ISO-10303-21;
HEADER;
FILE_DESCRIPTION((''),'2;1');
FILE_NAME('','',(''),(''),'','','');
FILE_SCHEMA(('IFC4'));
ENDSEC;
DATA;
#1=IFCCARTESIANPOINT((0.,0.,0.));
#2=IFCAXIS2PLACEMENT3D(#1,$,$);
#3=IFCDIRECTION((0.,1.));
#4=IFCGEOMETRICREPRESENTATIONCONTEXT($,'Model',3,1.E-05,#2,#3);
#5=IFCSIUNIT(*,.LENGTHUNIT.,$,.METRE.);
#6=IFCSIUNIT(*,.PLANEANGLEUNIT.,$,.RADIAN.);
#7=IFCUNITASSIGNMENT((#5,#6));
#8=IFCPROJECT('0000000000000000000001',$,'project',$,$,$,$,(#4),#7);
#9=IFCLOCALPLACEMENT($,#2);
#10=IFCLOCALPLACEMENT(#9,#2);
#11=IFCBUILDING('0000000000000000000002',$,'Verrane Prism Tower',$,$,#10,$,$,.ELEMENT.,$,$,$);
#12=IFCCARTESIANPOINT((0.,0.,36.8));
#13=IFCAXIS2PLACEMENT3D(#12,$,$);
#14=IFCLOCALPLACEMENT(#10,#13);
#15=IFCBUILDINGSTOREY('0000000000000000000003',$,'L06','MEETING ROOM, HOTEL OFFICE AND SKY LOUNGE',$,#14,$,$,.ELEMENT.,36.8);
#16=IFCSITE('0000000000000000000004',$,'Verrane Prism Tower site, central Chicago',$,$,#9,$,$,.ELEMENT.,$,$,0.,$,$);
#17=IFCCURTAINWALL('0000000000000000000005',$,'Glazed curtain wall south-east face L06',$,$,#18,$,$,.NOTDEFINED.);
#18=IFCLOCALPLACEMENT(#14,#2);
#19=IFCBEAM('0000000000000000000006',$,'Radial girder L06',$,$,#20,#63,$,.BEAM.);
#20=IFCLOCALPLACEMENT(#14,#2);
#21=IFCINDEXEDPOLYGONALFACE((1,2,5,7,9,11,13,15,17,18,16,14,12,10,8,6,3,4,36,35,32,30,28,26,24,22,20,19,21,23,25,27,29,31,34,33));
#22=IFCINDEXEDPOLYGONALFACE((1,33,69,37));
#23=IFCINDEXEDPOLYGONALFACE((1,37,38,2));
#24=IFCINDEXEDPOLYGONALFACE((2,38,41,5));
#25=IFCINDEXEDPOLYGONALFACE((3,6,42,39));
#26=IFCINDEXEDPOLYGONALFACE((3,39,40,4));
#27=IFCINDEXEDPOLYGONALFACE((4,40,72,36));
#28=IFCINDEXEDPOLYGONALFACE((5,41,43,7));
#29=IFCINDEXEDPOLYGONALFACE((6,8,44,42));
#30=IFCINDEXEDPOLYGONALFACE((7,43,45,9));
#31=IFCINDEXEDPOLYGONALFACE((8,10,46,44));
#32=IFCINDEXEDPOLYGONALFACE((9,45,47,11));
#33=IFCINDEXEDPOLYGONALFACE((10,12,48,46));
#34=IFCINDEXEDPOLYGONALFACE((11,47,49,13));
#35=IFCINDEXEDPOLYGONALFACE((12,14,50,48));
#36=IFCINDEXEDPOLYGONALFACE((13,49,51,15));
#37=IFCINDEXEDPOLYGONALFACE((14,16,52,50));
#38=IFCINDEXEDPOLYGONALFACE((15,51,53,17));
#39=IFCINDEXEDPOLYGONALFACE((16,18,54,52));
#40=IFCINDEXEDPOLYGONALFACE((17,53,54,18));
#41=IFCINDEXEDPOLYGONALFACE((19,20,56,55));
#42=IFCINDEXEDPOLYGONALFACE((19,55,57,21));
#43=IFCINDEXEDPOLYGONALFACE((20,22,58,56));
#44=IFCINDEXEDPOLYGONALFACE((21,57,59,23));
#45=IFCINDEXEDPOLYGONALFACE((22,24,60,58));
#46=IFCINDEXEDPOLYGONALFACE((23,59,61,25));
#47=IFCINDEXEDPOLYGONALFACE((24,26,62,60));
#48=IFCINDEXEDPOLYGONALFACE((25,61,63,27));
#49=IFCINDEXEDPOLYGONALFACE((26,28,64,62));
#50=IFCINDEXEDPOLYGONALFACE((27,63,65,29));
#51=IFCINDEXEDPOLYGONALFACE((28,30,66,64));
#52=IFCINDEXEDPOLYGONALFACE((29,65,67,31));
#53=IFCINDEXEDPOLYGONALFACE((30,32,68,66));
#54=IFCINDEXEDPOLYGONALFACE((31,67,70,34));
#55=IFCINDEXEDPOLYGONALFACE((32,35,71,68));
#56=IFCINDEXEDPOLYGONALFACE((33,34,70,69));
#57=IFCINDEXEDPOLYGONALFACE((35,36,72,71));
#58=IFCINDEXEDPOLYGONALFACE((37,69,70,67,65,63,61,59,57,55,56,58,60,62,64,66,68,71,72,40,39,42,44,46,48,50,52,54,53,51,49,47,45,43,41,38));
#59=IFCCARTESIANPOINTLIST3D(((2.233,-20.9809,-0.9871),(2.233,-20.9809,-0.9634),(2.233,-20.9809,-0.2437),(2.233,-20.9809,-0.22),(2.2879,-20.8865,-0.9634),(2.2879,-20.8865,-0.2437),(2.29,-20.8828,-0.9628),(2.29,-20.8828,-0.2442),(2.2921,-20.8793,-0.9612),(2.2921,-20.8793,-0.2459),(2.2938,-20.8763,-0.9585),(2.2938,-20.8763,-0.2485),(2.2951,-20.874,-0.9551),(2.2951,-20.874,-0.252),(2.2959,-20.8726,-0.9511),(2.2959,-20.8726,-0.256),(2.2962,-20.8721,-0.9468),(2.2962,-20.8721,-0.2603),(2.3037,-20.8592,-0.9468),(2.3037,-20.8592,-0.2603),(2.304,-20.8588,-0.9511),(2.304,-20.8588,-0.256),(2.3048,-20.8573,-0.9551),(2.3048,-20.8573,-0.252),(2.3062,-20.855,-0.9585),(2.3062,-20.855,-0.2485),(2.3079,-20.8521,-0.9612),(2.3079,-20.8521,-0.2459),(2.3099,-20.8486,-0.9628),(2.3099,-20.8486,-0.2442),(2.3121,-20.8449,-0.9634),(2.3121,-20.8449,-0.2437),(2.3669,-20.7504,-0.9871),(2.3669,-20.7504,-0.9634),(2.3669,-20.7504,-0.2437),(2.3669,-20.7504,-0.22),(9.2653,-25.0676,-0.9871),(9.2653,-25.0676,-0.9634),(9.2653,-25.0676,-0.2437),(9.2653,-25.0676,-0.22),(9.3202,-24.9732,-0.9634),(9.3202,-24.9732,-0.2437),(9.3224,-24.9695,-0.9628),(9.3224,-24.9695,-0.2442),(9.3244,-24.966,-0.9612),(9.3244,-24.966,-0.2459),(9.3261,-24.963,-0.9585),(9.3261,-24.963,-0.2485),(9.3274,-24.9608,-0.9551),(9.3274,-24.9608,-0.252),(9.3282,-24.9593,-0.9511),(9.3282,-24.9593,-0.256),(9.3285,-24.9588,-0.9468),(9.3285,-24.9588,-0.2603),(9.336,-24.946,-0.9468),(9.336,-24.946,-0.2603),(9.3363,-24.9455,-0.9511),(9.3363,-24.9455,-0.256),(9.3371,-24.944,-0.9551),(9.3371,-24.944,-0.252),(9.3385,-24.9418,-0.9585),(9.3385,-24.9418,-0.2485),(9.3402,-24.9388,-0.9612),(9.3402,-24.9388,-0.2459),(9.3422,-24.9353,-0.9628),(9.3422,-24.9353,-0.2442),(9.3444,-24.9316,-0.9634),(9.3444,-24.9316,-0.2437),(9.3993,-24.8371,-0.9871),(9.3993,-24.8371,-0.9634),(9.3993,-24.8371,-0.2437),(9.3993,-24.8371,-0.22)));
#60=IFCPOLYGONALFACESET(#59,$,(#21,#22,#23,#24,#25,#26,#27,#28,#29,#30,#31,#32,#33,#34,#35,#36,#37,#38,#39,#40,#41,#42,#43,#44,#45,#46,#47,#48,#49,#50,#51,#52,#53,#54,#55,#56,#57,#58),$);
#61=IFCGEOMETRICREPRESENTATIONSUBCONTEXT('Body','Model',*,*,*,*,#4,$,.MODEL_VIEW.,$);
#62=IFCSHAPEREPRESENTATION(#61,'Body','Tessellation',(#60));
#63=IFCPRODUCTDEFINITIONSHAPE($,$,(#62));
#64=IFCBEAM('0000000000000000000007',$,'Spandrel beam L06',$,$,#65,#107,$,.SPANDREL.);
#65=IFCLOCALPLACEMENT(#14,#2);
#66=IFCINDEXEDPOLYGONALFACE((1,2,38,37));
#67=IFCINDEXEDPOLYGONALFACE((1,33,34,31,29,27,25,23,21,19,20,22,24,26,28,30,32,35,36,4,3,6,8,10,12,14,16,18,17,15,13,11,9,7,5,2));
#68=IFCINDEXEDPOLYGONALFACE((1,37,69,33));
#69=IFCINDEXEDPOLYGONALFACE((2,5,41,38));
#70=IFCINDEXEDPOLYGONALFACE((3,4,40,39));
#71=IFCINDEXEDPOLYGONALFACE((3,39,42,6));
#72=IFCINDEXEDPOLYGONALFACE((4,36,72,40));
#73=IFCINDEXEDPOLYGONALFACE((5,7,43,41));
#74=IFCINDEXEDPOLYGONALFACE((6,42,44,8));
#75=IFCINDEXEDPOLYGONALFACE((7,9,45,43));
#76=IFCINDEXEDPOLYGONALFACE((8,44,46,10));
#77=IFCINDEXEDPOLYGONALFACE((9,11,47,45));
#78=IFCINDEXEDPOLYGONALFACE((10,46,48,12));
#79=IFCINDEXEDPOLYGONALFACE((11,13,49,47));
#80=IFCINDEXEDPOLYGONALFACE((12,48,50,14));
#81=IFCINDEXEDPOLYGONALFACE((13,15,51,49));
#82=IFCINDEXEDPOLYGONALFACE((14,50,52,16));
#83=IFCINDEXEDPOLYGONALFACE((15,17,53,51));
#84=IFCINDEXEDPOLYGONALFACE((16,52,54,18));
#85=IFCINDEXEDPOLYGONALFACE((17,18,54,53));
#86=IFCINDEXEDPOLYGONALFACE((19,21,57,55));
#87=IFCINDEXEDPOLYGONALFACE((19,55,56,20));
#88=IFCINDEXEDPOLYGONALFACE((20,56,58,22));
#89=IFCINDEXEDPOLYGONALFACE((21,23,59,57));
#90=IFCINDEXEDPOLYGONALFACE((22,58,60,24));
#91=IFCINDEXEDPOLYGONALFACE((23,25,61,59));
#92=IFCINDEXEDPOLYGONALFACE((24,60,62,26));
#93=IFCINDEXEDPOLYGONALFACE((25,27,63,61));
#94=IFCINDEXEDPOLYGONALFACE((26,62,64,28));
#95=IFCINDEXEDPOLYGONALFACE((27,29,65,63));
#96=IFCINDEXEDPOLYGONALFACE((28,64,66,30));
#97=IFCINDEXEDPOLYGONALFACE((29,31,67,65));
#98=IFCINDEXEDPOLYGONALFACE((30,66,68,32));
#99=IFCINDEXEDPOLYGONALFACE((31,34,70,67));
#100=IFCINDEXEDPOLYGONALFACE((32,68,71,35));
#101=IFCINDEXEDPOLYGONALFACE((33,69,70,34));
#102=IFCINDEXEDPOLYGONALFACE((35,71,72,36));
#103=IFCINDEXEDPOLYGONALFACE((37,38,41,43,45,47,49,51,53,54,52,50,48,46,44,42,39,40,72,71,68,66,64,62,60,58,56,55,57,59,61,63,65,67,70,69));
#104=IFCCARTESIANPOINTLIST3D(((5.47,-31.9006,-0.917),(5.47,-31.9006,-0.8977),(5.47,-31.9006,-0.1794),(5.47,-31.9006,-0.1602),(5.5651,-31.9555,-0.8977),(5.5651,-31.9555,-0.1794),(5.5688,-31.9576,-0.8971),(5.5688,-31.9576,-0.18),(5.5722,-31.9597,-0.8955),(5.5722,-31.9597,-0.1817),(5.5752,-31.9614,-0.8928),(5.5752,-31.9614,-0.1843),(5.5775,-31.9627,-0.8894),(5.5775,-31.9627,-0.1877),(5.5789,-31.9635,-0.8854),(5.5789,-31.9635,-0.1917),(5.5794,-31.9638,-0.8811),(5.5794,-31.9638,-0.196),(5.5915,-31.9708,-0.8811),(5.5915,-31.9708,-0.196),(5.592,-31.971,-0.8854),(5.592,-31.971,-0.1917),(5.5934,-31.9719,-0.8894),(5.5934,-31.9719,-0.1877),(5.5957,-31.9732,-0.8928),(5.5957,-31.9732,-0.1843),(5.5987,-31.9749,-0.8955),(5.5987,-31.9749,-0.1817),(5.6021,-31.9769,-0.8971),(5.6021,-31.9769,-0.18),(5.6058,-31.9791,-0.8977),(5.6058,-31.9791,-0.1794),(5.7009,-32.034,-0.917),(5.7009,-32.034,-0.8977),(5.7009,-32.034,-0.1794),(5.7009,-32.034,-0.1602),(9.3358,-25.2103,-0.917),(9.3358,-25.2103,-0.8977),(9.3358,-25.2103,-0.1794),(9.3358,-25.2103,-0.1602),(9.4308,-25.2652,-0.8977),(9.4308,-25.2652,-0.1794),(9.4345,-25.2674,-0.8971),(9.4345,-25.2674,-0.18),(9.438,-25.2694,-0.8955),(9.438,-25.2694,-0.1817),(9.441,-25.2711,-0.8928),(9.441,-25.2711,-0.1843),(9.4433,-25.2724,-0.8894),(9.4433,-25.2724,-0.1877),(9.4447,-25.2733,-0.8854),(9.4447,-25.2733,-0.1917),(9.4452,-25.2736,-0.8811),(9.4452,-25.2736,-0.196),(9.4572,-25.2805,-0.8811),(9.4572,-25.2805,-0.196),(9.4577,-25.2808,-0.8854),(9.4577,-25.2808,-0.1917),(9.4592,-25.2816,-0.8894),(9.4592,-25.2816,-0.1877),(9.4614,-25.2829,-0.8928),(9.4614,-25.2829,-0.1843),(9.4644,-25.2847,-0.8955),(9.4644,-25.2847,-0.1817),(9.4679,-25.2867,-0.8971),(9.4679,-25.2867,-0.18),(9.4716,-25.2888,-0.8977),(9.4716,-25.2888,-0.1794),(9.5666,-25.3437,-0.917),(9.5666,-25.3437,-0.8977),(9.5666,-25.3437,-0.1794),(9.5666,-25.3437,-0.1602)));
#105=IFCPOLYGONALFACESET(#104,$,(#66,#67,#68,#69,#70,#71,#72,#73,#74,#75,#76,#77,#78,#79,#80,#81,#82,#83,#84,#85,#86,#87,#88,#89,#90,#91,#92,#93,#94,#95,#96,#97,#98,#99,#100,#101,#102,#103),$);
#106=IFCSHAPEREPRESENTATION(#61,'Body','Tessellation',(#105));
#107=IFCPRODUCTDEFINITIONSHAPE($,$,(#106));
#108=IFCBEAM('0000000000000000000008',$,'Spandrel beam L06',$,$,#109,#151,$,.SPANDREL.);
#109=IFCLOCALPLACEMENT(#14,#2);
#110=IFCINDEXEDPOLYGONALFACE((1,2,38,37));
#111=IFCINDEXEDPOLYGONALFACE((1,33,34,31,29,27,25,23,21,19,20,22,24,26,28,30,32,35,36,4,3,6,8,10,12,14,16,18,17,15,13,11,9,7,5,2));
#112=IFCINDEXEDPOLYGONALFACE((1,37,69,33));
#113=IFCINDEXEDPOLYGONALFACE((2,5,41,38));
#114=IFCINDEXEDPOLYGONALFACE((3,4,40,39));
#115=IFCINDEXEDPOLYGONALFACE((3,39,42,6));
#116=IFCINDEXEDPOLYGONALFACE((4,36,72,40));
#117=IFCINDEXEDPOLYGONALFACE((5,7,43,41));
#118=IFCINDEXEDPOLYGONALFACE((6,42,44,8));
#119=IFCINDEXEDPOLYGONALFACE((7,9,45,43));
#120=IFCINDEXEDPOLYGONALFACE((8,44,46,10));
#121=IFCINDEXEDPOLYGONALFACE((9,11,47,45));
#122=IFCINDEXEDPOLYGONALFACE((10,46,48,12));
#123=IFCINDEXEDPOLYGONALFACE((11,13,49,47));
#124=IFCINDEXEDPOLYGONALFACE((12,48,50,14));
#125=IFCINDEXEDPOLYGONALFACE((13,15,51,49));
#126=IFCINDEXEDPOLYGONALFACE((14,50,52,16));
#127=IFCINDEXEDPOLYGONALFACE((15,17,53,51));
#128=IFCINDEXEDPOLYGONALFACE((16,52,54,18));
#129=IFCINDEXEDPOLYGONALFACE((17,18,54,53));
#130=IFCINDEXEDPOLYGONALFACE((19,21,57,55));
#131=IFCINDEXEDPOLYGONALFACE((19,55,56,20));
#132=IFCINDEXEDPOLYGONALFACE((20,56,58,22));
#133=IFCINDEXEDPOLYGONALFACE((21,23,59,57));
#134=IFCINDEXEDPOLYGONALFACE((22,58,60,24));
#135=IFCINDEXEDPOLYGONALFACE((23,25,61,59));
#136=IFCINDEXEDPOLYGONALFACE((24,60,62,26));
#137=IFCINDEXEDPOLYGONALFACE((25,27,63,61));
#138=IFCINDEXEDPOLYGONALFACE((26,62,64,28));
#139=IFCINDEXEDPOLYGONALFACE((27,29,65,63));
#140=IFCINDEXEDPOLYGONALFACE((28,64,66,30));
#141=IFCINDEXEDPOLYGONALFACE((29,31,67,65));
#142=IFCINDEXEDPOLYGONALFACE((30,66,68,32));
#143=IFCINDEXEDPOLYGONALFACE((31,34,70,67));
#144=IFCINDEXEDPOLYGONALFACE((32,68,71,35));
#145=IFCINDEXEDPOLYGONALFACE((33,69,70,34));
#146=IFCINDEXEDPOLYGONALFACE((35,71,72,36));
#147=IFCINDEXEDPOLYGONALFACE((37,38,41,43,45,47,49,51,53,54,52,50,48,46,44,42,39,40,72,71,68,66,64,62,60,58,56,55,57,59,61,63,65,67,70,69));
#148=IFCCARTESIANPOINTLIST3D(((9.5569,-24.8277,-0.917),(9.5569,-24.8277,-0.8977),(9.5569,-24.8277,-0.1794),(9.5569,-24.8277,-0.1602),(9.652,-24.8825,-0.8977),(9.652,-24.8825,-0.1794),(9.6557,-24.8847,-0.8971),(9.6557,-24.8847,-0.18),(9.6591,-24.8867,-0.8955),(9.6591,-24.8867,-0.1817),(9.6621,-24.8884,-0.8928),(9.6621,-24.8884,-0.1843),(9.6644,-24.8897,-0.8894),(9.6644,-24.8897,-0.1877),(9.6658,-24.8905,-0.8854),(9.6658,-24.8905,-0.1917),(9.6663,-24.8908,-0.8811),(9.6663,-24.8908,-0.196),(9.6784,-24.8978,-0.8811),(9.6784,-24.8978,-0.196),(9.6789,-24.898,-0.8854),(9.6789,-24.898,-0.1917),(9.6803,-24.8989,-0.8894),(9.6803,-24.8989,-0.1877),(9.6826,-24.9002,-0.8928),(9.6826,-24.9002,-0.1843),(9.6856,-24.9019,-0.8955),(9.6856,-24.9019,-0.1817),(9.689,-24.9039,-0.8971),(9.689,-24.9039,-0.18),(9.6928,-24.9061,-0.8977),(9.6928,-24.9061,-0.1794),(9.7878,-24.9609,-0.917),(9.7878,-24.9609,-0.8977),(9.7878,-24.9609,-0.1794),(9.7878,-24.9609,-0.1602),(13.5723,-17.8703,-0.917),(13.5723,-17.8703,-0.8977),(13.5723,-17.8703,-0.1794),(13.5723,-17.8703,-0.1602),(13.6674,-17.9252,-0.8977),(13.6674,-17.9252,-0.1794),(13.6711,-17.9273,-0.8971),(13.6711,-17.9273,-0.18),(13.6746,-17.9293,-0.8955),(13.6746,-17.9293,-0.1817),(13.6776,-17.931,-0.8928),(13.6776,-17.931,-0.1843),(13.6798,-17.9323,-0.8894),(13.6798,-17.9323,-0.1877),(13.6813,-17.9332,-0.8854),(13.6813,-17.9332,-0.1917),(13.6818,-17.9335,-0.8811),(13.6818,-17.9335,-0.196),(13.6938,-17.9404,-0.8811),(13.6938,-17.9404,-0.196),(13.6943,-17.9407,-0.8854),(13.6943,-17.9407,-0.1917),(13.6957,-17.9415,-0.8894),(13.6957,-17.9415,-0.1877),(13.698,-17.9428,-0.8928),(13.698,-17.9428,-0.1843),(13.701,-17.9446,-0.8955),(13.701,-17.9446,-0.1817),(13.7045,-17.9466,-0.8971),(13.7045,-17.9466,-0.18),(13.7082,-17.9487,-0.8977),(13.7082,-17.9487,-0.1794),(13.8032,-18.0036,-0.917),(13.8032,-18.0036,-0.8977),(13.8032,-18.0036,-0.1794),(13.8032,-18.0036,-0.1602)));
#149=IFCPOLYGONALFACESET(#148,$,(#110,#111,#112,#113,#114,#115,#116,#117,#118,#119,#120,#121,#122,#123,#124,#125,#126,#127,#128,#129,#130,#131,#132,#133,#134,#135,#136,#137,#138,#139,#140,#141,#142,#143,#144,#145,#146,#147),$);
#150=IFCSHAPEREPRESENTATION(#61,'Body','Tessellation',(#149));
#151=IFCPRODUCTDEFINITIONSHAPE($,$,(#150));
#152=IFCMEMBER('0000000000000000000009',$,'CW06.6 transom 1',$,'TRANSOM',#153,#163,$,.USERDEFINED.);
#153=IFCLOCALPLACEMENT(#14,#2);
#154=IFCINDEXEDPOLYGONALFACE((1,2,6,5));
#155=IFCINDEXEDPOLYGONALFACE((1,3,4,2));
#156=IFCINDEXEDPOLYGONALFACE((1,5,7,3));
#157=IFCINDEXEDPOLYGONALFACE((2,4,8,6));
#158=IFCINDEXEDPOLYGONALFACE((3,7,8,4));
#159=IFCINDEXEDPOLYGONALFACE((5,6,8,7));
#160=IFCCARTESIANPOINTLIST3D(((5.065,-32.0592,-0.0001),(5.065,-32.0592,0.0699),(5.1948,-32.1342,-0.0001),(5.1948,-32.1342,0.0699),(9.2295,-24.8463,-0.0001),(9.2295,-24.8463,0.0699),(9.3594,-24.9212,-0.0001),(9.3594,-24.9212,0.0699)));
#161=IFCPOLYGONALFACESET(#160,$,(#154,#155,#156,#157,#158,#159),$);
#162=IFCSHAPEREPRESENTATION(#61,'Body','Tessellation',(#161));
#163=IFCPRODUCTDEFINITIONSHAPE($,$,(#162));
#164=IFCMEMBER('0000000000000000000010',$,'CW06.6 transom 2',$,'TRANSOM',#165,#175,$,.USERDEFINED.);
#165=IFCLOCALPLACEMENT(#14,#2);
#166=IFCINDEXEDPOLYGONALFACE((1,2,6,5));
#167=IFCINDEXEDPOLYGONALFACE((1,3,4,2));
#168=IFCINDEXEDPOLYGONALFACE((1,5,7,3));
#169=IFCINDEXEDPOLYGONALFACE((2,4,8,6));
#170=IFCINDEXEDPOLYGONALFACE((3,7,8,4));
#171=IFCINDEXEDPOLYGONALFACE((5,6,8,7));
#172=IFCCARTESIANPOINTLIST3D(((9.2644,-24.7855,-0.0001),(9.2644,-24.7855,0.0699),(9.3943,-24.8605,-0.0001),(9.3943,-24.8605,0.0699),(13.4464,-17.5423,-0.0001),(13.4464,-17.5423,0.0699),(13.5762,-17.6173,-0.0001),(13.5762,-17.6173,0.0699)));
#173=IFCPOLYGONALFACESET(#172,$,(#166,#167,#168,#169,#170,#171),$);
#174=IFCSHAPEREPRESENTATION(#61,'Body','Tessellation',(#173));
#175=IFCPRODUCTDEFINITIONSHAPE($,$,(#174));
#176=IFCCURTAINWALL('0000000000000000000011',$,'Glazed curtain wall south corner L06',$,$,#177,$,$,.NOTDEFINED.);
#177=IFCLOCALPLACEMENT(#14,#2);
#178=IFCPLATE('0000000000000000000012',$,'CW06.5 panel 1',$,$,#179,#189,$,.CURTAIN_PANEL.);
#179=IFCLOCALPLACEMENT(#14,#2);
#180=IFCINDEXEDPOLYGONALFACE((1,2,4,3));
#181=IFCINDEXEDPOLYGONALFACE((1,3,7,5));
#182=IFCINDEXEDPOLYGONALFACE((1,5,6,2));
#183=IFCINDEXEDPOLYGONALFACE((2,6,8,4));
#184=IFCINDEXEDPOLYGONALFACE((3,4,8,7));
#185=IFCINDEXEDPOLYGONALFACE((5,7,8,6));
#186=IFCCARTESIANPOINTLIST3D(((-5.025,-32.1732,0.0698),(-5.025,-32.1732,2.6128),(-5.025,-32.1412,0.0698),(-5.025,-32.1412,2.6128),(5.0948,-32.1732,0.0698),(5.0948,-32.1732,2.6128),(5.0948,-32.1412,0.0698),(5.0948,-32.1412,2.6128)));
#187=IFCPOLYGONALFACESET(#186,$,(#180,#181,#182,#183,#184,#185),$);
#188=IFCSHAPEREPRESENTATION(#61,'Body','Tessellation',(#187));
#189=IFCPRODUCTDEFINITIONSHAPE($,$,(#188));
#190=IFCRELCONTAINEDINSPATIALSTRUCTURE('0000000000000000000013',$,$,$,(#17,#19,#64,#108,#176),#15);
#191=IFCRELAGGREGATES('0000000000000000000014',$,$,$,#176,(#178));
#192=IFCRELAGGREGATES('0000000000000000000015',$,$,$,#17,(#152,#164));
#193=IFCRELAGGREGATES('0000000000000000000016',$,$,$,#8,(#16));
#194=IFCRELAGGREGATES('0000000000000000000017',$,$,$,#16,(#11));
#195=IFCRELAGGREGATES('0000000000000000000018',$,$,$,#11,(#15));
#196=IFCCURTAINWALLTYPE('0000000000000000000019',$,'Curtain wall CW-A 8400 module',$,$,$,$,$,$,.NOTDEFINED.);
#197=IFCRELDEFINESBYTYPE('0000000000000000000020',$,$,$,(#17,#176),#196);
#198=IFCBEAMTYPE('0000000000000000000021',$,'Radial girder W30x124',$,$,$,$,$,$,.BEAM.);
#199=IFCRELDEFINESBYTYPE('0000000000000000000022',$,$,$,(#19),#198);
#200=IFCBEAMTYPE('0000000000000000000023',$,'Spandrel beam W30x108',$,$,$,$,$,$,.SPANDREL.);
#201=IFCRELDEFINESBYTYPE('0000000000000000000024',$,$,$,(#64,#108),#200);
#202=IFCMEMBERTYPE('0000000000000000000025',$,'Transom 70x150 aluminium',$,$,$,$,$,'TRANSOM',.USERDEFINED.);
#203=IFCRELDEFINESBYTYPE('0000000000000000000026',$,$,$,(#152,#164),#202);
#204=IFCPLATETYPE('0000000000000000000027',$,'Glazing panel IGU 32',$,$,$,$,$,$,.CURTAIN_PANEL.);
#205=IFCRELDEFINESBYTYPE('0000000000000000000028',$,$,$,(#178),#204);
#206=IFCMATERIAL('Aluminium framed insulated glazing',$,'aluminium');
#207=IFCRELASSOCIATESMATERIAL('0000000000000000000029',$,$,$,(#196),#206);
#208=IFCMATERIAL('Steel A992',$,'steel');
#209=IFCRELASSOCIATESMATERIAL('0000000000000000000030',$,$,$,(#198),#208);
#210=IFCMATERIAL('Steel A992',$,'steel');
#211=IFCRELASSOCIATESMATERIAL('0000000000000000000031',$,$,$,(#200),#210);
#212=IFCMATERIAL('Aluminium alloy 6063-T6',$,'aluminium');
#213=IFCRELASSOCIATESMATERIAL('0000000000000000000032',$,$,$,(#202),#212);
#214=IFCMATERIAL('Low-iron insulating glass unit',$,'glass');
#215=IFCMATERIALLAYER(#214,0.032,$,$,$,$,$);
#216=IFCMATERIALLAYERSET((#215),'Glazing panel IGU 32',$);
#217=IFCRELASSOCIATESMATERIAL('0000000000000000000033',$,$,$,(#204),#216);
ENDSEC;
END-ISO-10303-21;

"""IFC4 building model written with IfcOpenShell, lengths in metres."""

from ifc_helpers import new_model, si_unit, direction, frame, origin, origin_2d, place, context, subcontext, project, spatial, rectangle, i_section, extrude, material, layer, layer_set, material_profile, profile_set, type_object, element, aggregate, save


model = new_model("IFC4")

# Units and contexts
model_context = context("Model", 3, precision=1e-05, world=origin(), true_north=direction((0.0, 1.0)))
body_context = subcontext(model_context, "Body", "Model", "MODEL_VIEW")
ifc_project = project(units=[si_unit("LENGTHUNIT", "METRE"), si_unit("PLANEANGLEUNIT", "RADIAN")], contexts=[model_context])

# Site, building, storey
site_placement = place(None, origin())
site = spatial("IfcSite", under=ifc_project, at=site_placement, Name="Verrane Prism Tower site, central Chicago", CompositionType="ELEMENT", RefElevation=0.0)
building_placement = place(site_placement, origin())
building = spatial("IfcBuilding", under=site, at=building_placement, Name="Verrane Prism Tower", CompositionType="ELEMENT")
storey_placement = place(building_placement, frame((0.0, 0.0, 36.8)))
storey = spatial("IfcBuildingStorey", under=building, at=storey_placement, Name="L06", Description="MEETING ROOM, HOTEL OFFICE AND SKY LOUNGE", CompositionType="ELEMENT", Elevation=36.8)

# Curtain wall
ifc_material_1 = material(Name="Aluminium framed insulated glazing", Category="aluminium")
curtain_wall_type = type_object("IfcCurtainWallType", Name="Curtain wall CW-A 8400 module", PredefinedType="NOTDEFINED", material=ifc_material_1)
curtain_wall_1_placement = place(storey_placement, origin())
curtain_wall_1 = element("IfcCurtainWall", 1, at=curtain_wall_1_placement, inside=storey, type_object=curtain_wall_type, Name="Glazed curtain wall south-east face L06", PredefinedType="NOTDEFINED")

# Beams
ifc_material_2 = material(Name="Steel A992", Category="steel")
ifc_material_profile_1 = material_profile(ifc_material_2, i_section(OverallWidth=0.2666, OverallDepth=0.7671, WebThickness=0.0149, FlangeThickness=0.0237, FilletRadius=0.0166, at=origin_2d()), Name="W30x124")
ifc_profile_set_1 = profile_set([ifc_material_profile_1], Name="Steel A992")
beam_type_1 = type_object("IfcBeamType", Name="Radial girder W30x124", PredefinedType="BEAM", material=ifc_profile_set_1)
beam_1_placement = place(storey_placement, frame((9.3323, -24.9524, -0.6035), z_axis=(-0.864605, 0.502452, 0.0), x_axis=(-0.502452, -0.864605, 0.0)))
element("IfcBeam", 2, at=beam_1_placement, inside=storey, type_object=beam_type_1, Name="Radial girder L06", PredefinedType="BEAM", context=body_context, shape_type="SweptSolid", body=[
    extrude(i_section(OverallWidth=0.2666, OverallDepth=0.7671, WebThickness=0.0149, FlangeThickness=0.0237, FilletRadius=0.0166, at=origin_2d()), origin(), (0.0, 0.0, 1.0), 8.1335),
])
ifc_material_3 = material(Name="Steel A992", Category="steel")
ifc_material_profile_2 = material_profile(ifc_material_3, i_section(OverallWidth=0.2666, OverallDepth=0.7568, WebThickness=0.0139, FlangeThickness=0.0193, FilletRadius=0.0166, at=origin_2d()), Name="W30x108")
ifc_profile_set_2 = profile_set([ifc_material_profile_2], Name="Steel A992")
beam_type_2 = type_object("IfcBeamType", Name="Spandrel beam W30x108", PredefinedType="SPANDREL", material=ifc_profile_set_2)
beam_2_placement = place(storey_placement, frame((5.5854, -31.9673, -0.5386), z_axis=(0.500305, 0.865849, 0.0), x_axis=(-0.865849, 0.500305, 0.0)))
element("IfcBeam", 3, at=beam_2_placement, inside=storey, type_object=beam_type_2, Name="Spandrel beam L06", PredefinedType="SPANDREL", context=body_context, shape_type="SweptSolid", body=[
    extrude(i_section(OverallWidth=0.2666, OverallDepth=0.7568, WebThickness=0.0139, FlangeThickness=0.0193, FilletRadius=0.0166, at=origin_2d()), origin(), (0.0, 0.0, 1.0), 7.7268),
])
beam_3_placement = place(storey_placement, frame((9.6724, -24.8943, -0.5386), z_axis=(0.499869, 0.866101, 0.0), x_axis=(-0.866101, 0.499869, 0.0)))
element("IfcBeam", 4, at=beam_3_placement, inside=storey, type_object=beam_type_2, Name="Spandrel beam L06", PredefinedType="SPANDREL", context=body_context, shape_type="SweptSolid", body=[
    extrude(i_section(OverallWidth=0.2666, OverallDepth=0.7568, WebThickness=0.0139, FlangeThickness=0.0193, FilletRadius=0.0166, at=origin_2d()), origin(), (0.0, 0.0, 1.0), 8.033),
])

# Members
ifc_material_4 = material(Name="Aluminium alloy 6063-T6", Category="aluminium")
ifc_material_profile_3 = material_profile(ifc_material_4, rectangle(XDim=0.1499, YDim=0.0701, at=origin_2d()), Name="Transom 70x150 aluminium")
ifc_profile_set_3 = profile_set([ifc_material_profile_3], Name="Aluminium alloy 6063-T6")
member_type_1 = type_object("IfcMemberType", Name="Transom 70x150 aluminium", ElementType="TRANSOM", PredefinedType="USERDEFINED", material=ifc_profile_set_3)
member_1_placement = place(storey_placement, frame((5.1299, -32.0967, 0.0349), z_axis=(0.500017, 0.866016, 0.0), x_axis=(-0.866016, 0.500017, 0.0)))
member_1 = element("IfcMember", 5, at=member_1_placement, type_object=member_type_1, Name="CW06.6 transom 1", ObjectType="TRANSOM", PredefinedType="USERDEFINED", context=body_context, shape_type="SweptSolid", body=[
    extrude(rectangle(XDim=0.1499, YDim=0.0701, at=origin_2d()), origin(), (0.0, 0.0, 1.0), 8.3289),
])
member_2_placement = place(storey_placement, frame((9.3293, -24.823, 0.0349), z_axis=(0.500004, 0.866023, 0.0), x_axis=(-0.866023, 0.500004, 0.0)))
member_2 = element("IfcMember", 6, at=member_2_placement, type_object=member_type_1, Name="CW06.6 transom 2", ObjectType="TRANSOM", PredefinedType="USERDEFINED", context=body_context, shape_type="SweptSolid", body=[
    extrude(rectangle(XDim=0.1499, YDim=0.0701, at=origin_2d()), origin(), (0.0, 0.0, 1.0), 8.3638),
])

# Curtain wall, plate
curtain_wall_2_placement = place(storey_placement, origin())
curtain_wall_2 = element("IfcCurtainWall", 7, at=curtain_wall_2_placement, inside=storey, type_object=curtain_wall_type, Name="Glazed curtain wall south corner L06", PredefinedType="NOTDEFINED")
ifc_material_5 = material(Name="Low-iron insulating glass unit", Category="glass")
ifc_layer_1 = layer(ifc_material_5, 0.032)
ifc_layer_set_1 = layer_set([ifc_layer_1], Name="Glazing panel IGU 32")
plate_type = type_object("IfcPlateType", Name="Glazing panel IGU 32", PredefinedType="CURTAIN_PANEL", material=ifc_layer_set_1)
plate_1_placement = place(storey_placement, frame((0.0349, -32.1572, 0.0698), z_axis=(0.0, 0.0, 1.0), x_axis=(1.0, 0.0, 0.0)))
plate_1 = element("IfcPlate", 8, at=plate_1_placement, type_object=plate_type, Name="CW06.5 panel 1", PredefinedType="CURTAIN_PANEL", context=body_context, shape_type="SweptSolid", body=[
    extrude(rectangle(XDim=10.1199, YDim=0.032, at=origin_2d()), origin(), (0.0, 0.0, 1.0), 2.543),
])
aggregate(curtain_wall_2, [plate_1])

aggregate(curtain_wall_1, [member_1, member_2])

save(model, "model.ifc")
